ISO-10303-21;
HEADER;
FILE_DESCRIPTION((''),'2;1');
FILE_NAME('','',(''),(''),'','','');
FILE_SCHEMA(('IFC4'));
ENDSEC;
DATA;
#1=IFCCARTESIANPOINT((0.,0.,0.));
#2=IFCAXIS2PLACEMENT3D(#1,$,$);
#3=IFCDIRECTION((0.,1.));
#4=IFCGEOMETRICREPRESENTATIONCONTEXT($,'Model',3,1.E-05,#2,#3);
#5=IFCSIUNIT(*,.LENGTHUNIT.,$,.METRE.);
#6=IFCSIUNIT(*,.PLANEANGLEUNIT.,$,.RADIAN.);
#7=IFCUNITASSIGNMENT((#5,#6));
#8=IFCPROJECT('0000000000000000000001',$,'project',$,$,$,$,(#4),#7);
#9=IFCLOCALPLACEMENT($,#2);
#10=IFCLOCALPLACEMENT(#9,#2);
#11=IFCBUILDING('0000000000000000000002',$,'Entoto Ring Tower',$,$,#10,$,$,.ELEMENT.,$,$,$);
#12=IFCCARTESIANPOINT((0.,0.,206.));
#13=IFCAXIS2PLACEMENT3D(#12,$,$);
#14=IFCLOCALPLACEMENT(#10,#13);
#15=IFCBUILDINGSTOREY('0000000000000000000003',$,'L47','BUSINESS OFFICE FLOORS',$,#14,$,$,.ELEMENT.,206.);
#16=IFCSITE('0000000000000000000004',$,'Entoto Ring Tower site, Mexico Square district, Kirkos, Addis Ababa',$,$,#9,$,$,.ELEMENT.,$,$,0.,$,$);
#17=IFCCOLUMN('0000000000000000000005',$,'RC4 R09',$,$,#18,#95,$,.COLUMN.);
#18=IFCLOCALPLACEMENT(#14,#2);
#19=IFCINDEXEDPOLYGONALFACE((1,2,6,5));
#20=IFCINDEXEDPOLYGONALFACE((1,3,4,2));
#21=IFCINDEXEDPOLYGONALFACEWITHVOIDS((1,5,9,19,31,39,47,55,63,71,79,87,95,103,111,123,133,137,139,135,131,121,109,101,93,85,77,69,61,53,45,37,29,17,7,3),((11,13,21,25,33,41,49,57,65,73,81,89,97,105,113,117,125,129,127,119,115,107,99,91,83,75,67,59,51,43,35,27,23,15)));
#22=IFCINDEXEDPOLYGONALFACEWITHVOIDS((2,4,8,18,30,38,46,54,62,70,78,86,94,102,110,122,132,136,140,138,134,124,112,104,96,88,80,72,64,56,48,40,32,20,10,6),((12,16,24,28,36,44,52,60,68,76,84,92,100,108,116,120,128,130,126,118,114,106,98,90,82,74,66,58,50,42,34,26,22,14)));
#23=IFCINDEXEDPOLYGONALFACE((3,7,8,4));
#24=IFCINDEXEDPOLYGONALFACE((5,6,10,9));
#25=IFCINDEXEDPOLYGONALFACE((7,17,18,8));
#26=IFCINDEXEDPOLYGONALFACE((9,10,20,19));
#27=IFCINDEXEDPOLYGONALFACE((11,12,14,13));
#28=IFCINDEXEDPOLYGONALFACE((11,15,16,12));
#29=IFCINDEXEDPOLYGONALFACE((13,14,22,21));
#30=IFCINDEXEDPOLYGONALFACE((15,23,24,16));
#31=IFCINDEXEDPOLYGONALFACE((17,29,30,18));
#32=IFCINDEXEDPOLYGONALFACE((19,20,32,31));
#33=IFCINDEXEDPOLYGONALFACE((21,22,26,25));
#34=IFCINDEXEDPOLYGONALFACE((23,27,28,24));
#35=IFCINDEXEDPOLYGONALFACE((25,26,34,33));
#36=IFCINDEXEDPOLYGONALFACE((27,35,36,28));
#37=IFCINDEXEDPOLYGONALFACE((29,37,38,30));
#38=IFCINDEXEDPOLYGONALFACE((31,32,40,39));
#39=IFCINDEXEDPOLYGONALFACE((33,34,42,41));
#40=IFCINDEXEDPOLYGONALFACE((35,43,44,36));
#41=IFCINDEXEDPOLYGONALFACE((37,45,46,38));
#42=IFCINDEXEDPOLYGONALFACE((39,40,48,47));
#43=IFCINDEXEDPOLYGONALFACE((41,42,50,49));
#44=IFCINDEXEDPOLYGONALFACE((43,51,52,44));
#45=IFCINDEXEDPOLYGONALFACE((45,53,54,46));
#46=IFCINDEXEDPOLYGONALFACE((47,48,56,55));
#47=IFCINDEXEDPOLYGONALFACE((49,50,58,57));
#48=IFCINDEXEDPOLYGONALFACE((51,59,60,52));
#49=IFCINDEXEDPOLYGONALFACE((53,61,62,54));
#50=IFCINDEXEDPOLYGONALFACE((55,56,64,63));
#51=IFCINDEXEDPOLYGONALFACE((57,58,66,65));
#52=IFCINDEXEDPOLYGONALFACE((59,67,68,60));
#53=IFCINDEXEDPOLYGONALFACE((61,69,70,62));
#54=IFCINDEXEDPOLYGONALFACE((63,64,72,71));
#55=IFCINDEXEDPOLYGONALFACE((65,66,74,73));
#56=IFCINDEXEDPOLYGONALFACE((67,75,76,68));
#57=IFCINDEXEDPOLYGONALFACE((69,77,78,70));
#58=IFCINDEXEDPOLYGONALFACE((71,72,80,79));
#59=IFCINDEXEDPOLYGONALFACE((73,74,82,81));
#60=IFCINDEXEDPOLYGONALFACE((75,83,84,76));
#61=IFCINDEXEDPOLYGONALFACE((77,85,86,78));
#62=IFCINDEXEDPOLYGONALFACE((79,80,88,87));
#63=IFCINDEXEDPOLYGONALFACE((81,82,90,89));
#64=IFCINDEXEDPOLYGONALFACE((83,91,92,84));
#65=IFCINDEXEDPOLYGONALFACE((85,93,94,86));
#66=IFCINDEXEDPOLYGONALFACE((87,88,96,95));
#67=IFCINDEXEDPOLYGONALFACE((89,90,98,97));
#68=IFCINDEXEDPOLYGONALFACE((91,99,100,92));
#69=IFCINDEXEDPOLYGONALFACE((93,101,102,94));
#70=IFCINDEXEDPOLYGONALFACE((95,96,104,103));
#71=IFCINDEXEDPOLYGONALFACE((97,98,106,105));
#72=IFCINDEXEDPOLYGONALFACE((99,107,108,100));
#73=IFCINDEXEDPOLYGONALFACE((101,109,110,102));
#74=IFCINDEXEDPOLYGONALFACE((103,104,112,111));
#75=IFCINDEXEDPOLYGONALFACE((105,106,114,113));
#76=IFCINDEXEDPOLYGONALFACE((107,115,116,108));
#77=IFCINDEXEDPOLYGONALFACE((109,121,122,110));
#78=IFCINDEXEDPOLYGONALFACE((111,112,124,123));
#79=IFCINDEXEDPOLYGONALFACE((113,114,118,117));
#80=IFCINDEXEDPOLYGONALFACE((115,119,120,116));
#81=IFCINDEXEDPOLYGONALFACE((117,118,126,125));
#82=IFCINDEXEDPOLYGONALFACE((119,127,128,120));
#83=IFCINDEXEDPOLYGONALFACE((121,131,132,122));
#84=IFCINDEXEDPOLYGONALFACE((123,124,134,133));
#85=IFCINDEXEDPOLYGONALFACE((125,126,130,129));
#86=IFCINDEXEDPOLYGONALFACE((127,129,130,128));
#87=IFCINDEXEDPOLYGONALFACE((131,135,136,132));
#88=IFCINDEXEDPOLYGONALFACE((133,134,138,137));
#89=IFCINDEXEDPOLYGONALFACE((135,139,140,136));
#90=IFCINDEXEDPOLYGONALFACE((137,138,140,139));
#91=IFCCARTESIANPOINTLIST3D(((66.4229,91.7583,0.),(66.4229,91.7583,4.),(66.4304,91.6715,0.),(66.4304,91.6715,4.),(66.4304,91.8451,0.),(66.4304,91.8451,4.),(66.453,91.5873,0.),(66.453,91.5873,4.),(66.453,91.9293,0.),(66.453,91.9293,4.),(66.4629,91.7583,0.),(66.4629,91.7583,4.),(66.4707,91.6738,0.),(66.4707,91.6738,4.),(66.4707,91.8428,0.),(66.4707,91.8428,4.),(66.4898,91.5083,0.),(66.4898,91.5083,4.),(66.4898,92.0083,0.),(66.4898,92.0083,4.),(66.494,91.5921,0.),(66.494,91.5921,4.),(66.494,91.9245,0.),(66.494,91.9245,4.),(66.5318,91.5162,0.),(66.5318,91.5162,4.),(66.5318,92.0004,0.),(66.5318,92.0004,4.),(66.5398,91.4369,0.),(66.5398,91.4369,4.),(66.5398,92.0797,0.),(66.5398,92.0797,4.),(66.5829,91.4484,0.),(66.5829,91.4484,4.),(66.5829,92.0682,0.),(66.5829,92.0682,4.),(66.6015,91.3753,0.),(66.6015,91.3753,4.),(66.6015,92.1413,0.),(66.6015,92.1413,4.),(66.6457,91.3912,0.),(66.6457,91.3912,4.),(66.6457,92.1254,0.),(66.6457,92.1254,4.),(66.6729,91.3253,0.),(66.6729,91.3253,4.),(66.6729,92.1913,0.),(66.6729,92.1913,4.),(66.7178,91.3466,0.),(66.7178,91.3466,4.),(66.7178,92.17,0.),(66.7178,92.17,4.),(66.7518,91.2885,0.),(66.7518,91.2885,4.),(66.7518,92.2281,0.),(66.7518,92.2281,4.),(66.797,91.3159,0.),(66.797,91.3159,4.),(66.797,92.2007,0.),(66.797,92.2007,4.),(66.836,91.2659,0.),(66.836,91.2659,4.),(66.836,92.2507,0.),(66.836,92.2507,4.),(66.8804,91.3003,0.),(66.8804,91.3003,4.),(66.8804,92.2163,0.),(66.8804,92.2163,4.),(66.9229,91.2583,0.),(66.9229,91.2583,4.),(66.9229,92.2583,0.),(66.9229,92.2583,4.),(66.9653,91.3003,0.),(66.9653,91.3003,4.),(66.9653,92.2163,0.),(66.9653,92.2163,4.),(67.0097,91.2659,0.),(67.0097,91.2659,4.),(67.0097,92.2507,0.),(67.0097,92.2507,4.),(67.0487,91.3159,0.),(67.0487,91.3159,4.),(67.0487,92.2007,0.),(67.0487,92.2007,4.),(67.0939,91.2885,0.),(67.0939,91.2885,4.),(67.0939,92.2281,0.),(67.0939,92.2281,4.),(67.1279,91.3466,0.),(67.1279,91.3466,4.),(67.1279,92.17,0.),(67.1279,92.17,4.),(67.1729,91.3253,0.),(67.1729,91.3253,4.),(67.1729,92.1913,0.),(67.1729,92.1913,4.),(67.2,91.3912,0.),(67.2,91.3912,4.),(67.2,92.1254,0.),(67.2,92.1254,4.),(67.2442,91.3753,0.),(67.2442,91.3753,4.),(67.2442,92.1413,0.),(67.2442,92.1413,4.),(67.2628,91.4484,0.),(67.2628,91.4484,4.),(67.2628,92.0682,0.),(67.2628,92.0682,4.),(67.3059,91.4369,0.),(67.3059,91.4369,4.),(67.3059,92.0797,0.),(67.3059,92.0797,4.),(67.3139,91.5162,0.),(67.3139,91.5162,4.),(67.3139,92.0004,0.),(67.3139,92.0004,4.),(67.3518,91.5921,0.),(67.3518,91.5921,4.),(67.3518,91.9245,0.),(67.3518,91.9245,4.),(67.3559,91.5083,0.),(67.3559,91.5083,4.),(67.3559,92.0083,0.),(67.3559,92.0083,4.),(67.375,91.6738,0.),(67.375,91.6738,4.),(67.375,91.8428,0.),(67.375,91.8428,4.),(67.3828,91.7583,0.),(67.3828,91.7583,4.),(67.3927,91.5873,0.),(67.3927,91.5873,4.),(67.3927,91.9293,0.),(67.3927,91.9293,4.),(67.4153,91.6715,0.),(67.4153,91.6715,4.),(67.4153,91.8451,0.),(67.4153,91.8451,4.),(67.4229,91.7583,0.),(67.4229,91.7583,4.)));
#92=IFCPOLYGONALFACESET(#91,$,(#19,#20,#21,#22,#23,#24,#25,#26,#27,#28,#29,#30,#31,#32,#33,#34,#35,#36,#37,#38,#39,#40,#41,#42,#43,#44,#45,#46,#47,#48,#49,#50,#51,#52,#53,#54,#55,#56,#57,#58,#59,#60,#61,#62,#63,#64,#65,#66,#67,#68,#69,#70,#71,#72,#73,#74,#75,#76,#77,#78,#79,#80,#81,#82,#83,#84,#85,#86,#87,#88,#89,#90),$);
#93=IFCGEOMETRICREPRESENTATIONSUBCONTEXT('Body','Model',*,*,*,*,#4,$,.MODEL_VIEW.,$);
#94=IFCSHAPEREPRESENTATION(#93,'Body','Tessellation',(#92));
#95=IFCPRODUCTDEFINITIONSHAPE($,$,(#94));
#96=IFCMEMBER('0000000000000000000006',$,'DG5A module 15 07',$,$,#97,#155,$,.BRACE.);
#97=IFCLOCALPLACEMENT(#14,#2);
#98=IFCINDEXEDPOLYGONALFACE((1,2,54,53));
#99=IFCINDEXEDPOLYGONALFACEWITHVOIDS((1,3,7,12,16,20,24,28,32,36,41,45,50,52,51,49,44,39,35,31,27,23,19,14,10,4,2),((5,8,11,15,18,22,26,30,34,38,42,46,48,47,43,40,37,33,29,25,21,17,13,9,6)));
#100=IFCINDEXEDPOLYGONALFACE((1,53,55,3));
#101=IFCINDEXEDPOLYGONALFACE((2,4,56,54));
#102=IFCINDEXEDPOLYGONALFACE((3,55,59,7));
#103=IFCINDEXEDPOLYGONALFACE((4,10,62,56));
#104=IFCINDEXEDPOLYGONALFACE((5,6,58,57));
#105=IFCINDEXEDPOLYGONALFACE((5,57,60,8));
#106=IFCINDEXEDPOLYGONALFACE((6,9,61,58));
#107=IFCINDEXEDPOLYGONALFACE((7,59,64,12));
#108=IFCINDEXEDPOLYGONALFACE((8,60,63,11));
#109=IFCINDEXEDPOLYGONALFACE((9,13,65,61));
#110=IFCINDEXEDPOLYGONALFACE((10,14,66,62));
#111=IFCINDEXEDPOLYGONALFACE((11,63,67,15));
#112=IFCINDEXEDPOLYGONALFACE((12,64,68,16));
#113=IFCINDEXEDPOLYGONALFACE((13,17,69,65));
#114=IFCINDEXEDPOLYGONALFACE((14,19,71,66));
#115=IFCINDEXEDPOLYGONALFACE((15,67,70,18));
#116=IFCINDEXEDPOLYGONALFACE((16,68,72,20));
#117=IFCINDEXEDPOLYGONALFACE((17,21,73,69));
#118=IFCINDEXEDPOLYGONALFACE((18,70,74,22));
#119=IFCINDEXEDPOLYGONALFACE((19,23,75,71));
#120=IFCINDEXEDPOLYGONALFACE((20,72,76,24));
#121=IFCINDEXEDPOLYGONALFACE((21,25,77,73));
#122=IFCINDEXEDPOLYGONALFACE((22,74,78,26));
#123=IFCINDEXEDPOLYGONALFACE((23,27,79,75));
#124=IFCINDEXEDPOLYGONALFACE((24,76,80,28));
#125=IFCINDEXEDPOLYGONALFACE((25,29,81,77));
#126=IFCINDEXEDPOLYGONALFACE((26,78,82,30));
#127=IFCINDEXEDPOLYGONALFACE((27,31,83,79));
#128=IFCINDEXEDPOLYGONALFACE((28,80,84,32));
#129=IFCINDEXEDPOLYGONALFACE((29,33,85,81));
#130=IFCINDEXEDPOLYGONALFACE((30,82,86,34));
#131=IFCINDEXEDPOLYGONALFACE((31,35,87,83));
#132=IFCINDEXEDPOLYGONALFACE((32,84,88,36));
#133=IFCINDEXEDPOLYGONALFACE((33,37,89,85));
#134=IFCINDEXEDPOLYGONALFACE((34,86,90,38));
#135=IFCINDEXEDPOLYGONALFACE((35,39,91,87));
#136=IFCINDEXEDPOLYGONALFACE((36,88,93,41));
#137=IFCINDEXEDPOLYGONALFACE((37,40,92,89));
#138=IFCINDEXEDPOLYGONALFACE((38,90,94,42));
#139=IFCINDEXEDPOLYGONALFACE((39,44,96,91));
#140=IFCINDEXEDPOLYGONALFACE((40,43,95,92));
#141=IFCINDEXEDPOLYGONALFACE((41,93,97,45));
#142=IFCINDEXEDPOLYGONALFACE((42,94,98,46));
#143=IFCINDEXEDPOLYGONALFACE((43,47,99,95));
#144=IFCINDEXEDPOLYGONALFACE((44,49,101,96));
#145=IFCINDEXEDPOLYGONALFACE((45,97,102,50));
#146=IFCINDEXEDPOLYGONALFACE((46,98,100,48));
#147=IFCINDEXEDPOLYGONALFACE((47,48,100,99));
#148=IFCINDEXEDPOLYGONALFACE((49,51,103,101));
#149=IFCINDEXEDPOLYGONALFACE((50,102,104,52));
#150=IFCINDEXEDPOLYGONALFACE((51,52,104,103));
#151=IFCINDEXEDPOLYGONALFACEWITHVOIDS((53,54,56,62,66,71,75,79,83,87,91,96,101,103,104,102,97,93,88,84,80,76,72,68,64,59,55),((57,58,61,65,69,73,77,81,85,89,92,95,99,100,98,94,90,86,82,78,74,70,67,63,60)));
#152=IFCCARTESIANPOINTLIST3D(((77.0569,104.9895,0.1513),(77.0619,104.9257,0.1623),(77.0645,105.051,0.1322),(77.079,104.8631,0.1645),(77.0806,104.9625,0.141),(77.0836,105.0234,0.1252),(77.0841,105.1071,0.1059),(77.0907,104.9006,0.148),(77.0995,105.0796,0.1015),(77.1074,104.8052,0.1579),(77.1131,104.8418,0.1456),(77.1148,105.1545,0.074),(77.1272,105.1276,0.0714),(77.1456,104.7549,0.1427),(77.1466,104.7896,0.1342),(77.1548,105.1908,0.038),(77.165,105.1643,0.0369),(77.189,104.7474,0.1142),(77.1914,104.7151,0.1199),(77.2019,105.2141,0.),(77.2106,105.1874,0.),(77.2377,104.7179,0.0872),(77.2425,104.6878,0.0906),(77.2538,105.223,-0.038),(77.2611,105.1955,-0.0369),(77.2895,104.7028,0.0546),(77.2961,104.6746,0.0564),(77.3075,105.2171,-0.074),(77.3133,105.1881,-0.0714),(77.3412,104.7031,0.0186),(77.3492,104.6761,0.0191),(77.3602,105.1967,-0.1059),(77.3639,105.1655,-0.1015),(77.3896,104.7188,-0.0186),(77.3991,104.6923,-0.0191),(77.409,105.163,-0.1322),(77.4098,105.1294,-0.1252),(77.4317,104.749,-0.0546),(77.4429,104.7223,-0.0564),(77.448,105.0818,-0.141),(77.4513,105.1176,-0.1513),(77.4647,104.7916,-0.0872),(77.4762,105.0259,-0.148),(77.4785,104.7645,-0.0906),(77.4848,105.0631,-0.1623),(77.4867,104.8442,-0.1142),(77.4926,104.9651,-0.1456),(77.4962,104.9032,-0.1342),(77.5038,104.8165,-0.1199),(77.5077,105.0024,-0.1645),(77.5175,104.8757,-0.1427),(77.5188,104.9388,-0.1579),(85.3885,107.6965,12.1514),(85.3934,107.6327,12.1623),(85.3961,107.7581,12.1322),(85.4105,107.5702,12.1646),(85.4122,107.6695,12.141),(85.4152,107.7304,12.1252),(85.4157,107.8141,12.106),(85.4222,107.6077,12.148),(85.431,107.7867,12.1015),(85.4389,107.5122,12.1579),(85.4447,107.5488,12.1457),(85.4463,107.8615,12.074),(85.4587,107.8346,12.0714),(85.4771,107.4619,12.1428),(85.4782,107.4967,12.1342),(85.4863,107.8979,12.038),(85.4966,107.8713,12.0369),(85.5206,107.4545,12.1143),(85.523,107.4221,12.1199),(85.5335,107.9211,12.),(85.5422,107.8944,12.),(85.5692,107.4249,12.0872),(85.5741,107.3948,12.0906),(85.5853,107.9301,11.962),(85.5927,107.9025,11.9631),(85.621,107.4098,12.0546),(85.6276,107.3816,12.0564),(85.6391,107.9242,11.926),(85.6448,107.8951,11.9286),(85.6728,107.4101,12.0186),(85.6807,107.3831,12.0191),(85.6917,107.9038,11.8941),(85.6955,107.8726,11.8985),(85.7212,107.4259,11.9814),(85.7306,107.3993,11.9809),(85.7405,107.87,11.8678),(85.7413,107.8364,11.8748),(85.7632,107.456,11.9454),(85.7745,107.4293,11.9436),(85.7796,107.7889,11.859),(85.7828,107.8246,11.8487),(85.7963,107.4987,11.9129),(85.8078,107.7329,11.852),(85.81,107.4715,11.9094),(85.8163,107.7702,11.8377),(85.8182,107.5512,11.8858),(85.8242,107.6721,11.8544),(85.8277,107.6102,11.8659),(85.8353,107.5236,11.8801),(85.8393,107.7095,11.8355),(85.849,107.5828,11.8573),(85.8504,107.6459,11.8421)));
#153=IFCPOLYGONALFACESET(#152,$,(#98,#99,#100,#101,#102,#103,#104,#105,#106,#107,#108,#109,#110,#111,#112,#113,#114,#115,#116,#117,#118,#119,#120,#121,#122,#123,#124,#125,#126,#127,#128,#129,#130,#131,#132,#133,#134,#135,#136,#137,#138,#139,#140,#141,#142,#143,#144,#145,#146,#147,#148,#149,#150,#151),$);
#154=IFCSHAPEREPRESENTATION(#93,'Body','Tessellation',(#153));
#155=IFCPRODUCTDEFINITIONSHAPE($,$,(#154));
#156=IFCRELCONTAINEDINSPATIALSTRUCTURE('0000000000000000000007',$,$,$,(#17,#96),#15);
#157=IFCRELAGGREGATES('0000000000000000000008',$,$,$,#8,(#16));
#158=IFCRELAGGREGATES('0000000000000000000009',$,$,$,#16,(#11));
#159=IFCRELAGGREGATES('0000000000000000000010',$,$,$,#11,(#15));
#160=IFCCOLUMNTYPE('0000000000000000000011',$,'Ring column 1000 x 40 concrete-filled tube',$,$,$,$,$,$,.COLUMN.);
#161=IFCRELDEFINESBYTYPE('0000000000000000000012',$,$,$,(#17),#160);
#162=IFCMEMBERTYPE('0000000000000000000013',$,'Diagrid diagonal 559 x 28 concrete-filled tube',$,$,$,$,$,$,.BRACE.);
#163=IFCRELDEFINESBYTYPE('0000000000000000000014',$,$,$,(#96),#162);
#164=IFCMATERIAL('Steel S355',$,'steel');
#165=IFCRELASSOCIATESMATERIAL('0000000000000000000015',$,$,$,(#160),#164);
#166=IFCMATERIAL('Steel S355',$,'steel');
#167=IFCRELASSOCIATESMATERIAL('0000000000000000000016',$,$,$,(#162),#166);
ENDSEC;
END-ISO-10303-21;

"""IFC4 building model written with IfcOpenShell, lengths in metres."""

from ifc_helpers import new_model, si_unit, direction, frame, origin, origin_2d, place, context, subcontext, project, spatial, circle, hollow_circle, extrude, material, material_profile, profile_set, type_object, element, save


model = new_model("IFC4")

# Units and contexts
model_context = context("Model", 3, precision=1e-05, world=origin(), true_north=direction((0.0, 1.0)))
body_context = subcontext(model_context, "Body", "Model", "MODEL_VIEW")
ifc_project = project(units=[si_unit("LENGTHUNIT", "METRE"), si_unit("PLANEANGLEUNIT", "RADIAN")], contexts=[model_context])

# Site, building, storey
site_placement = place(None, origin())
site = spatial("IfcSite", under=ifc_project, at=site_placement, Name="Entoto Ring Tower site, Mexico Square district, Kirkos, Addis Ababa", CompositionType="ELEMENT", RefElevation=0.0)
building_placement = place(site_placement, origin())
building = spatial("IfcBuilding", under=site, at=building_placement, Name="Entoto Ring Tower", CompositionType="ELEMENT")
storey_placement = place(building_placement, frame((0.0, 0.0, 206.0)))
storey = spatial("IfcBuildingStorey", under=building, at=storey_placement, Name="L47", Description="BUSINESS OFFICE FLOORS", CompositionType="ELEMENT", Elevation=206.0)

# Column
ifc_material_1 = material(Name="Steel S355", Category="steel")
ifc_material_profile_1 = material_profile(ifc_material_1, hollow_circle(Radius=0.5, WallThickness=0.04, at=origin_2d()), Name="CHS 1000 x 40")
ifc_material_2 = material(Name="Concrete C60/75", Category="concrete")
ifc_material_profile_2 = material_profile(ifc_material_2, circle(Radius=0.46, at=origin_2d()), Name="Concrete C60/75 infill")
ifc_profile_set_1 = profile_set([ifc_material_profile_1, ifc_material_profile_2], Name="Steel S355")
column_type = type_object("IfcColumnType", Name="Ring column 1000 x 40 concrete-filled tube", PredefinedType="COLUMN", material=ifc_profile_set_1)
for number, where, z_axis, x_axis, name in (
    (1, (66.9229, 91.7583, 0.0), (0.0, 0.0, 1.0), (1.0, 0.0, 0.0), "RC4 R09"),
):
    element("IfcColumn", number, at=place(storey_placement, frame(where, z_axis=z_axis, x_axis=x_axis)), inside=storey, type_object=column_type, Name=name, PredefinedType="COLUMN", context=body_context, shape_type="SweptSolid", body=[
        extrude(hollow_circle(Radius=0.5, WallThickness=0.04, at=origin_2d()), origin(), (0.0, 0.0, 1.0), 4.0),
    ])

# Member
ifc_material_3 = material(Name="Steel S355", Category="steel")
ifc_material_profile_3 = material_profile(ifc_material_3, hollow_circle(Radius=0.2795, WallThickness=0.0281, at=origin_2d()), Name="CHS 559 x 28")
ifc_material_4 = material(Name="Concrete C60/75", Category="concrete")
ifc_material_profile_4 = material_profile(ifc_material_4, circle(Radius=0.2515, at=origin_2d()), Name="Concrete C60/75 infill")
ifc_profile_set_2 = profile_set([ifc_material_profile_3, ifc_material_profile_4], Name="Steel S355")
member_type_1 = type_object("IfcMemberType", Name="Diagrid diagonal 559 x 28 concrete-filled tube", PredefinedType="BRACE", material=ifc_profile_set_2)
for number, where, z_axis, x_axis, name in (
    (2, (77.2883, 104.9482, 0.0), (0.560767, 0.182201, 0.807678), (-0.309012, 0.951058, 0.0), "DG5A module 15 07"),
):
    element("IfcMember", number, at=place(storey_placement, frame(where, z_axis=z_axis, x_axis=x_axis)), inside=storey, type_object=member_type_1, Name=name, PredefinedType="BRACE", context=body_context, shape_type="SweptSolid", body=[
        extrude(hollow_circle(Radius=0.2795, WallThickness=0.0281, at=origin_2d()), origin(), (0.0, 0.0, 1.0), 14.8574),
    ])

save(model, "model.ifc")
